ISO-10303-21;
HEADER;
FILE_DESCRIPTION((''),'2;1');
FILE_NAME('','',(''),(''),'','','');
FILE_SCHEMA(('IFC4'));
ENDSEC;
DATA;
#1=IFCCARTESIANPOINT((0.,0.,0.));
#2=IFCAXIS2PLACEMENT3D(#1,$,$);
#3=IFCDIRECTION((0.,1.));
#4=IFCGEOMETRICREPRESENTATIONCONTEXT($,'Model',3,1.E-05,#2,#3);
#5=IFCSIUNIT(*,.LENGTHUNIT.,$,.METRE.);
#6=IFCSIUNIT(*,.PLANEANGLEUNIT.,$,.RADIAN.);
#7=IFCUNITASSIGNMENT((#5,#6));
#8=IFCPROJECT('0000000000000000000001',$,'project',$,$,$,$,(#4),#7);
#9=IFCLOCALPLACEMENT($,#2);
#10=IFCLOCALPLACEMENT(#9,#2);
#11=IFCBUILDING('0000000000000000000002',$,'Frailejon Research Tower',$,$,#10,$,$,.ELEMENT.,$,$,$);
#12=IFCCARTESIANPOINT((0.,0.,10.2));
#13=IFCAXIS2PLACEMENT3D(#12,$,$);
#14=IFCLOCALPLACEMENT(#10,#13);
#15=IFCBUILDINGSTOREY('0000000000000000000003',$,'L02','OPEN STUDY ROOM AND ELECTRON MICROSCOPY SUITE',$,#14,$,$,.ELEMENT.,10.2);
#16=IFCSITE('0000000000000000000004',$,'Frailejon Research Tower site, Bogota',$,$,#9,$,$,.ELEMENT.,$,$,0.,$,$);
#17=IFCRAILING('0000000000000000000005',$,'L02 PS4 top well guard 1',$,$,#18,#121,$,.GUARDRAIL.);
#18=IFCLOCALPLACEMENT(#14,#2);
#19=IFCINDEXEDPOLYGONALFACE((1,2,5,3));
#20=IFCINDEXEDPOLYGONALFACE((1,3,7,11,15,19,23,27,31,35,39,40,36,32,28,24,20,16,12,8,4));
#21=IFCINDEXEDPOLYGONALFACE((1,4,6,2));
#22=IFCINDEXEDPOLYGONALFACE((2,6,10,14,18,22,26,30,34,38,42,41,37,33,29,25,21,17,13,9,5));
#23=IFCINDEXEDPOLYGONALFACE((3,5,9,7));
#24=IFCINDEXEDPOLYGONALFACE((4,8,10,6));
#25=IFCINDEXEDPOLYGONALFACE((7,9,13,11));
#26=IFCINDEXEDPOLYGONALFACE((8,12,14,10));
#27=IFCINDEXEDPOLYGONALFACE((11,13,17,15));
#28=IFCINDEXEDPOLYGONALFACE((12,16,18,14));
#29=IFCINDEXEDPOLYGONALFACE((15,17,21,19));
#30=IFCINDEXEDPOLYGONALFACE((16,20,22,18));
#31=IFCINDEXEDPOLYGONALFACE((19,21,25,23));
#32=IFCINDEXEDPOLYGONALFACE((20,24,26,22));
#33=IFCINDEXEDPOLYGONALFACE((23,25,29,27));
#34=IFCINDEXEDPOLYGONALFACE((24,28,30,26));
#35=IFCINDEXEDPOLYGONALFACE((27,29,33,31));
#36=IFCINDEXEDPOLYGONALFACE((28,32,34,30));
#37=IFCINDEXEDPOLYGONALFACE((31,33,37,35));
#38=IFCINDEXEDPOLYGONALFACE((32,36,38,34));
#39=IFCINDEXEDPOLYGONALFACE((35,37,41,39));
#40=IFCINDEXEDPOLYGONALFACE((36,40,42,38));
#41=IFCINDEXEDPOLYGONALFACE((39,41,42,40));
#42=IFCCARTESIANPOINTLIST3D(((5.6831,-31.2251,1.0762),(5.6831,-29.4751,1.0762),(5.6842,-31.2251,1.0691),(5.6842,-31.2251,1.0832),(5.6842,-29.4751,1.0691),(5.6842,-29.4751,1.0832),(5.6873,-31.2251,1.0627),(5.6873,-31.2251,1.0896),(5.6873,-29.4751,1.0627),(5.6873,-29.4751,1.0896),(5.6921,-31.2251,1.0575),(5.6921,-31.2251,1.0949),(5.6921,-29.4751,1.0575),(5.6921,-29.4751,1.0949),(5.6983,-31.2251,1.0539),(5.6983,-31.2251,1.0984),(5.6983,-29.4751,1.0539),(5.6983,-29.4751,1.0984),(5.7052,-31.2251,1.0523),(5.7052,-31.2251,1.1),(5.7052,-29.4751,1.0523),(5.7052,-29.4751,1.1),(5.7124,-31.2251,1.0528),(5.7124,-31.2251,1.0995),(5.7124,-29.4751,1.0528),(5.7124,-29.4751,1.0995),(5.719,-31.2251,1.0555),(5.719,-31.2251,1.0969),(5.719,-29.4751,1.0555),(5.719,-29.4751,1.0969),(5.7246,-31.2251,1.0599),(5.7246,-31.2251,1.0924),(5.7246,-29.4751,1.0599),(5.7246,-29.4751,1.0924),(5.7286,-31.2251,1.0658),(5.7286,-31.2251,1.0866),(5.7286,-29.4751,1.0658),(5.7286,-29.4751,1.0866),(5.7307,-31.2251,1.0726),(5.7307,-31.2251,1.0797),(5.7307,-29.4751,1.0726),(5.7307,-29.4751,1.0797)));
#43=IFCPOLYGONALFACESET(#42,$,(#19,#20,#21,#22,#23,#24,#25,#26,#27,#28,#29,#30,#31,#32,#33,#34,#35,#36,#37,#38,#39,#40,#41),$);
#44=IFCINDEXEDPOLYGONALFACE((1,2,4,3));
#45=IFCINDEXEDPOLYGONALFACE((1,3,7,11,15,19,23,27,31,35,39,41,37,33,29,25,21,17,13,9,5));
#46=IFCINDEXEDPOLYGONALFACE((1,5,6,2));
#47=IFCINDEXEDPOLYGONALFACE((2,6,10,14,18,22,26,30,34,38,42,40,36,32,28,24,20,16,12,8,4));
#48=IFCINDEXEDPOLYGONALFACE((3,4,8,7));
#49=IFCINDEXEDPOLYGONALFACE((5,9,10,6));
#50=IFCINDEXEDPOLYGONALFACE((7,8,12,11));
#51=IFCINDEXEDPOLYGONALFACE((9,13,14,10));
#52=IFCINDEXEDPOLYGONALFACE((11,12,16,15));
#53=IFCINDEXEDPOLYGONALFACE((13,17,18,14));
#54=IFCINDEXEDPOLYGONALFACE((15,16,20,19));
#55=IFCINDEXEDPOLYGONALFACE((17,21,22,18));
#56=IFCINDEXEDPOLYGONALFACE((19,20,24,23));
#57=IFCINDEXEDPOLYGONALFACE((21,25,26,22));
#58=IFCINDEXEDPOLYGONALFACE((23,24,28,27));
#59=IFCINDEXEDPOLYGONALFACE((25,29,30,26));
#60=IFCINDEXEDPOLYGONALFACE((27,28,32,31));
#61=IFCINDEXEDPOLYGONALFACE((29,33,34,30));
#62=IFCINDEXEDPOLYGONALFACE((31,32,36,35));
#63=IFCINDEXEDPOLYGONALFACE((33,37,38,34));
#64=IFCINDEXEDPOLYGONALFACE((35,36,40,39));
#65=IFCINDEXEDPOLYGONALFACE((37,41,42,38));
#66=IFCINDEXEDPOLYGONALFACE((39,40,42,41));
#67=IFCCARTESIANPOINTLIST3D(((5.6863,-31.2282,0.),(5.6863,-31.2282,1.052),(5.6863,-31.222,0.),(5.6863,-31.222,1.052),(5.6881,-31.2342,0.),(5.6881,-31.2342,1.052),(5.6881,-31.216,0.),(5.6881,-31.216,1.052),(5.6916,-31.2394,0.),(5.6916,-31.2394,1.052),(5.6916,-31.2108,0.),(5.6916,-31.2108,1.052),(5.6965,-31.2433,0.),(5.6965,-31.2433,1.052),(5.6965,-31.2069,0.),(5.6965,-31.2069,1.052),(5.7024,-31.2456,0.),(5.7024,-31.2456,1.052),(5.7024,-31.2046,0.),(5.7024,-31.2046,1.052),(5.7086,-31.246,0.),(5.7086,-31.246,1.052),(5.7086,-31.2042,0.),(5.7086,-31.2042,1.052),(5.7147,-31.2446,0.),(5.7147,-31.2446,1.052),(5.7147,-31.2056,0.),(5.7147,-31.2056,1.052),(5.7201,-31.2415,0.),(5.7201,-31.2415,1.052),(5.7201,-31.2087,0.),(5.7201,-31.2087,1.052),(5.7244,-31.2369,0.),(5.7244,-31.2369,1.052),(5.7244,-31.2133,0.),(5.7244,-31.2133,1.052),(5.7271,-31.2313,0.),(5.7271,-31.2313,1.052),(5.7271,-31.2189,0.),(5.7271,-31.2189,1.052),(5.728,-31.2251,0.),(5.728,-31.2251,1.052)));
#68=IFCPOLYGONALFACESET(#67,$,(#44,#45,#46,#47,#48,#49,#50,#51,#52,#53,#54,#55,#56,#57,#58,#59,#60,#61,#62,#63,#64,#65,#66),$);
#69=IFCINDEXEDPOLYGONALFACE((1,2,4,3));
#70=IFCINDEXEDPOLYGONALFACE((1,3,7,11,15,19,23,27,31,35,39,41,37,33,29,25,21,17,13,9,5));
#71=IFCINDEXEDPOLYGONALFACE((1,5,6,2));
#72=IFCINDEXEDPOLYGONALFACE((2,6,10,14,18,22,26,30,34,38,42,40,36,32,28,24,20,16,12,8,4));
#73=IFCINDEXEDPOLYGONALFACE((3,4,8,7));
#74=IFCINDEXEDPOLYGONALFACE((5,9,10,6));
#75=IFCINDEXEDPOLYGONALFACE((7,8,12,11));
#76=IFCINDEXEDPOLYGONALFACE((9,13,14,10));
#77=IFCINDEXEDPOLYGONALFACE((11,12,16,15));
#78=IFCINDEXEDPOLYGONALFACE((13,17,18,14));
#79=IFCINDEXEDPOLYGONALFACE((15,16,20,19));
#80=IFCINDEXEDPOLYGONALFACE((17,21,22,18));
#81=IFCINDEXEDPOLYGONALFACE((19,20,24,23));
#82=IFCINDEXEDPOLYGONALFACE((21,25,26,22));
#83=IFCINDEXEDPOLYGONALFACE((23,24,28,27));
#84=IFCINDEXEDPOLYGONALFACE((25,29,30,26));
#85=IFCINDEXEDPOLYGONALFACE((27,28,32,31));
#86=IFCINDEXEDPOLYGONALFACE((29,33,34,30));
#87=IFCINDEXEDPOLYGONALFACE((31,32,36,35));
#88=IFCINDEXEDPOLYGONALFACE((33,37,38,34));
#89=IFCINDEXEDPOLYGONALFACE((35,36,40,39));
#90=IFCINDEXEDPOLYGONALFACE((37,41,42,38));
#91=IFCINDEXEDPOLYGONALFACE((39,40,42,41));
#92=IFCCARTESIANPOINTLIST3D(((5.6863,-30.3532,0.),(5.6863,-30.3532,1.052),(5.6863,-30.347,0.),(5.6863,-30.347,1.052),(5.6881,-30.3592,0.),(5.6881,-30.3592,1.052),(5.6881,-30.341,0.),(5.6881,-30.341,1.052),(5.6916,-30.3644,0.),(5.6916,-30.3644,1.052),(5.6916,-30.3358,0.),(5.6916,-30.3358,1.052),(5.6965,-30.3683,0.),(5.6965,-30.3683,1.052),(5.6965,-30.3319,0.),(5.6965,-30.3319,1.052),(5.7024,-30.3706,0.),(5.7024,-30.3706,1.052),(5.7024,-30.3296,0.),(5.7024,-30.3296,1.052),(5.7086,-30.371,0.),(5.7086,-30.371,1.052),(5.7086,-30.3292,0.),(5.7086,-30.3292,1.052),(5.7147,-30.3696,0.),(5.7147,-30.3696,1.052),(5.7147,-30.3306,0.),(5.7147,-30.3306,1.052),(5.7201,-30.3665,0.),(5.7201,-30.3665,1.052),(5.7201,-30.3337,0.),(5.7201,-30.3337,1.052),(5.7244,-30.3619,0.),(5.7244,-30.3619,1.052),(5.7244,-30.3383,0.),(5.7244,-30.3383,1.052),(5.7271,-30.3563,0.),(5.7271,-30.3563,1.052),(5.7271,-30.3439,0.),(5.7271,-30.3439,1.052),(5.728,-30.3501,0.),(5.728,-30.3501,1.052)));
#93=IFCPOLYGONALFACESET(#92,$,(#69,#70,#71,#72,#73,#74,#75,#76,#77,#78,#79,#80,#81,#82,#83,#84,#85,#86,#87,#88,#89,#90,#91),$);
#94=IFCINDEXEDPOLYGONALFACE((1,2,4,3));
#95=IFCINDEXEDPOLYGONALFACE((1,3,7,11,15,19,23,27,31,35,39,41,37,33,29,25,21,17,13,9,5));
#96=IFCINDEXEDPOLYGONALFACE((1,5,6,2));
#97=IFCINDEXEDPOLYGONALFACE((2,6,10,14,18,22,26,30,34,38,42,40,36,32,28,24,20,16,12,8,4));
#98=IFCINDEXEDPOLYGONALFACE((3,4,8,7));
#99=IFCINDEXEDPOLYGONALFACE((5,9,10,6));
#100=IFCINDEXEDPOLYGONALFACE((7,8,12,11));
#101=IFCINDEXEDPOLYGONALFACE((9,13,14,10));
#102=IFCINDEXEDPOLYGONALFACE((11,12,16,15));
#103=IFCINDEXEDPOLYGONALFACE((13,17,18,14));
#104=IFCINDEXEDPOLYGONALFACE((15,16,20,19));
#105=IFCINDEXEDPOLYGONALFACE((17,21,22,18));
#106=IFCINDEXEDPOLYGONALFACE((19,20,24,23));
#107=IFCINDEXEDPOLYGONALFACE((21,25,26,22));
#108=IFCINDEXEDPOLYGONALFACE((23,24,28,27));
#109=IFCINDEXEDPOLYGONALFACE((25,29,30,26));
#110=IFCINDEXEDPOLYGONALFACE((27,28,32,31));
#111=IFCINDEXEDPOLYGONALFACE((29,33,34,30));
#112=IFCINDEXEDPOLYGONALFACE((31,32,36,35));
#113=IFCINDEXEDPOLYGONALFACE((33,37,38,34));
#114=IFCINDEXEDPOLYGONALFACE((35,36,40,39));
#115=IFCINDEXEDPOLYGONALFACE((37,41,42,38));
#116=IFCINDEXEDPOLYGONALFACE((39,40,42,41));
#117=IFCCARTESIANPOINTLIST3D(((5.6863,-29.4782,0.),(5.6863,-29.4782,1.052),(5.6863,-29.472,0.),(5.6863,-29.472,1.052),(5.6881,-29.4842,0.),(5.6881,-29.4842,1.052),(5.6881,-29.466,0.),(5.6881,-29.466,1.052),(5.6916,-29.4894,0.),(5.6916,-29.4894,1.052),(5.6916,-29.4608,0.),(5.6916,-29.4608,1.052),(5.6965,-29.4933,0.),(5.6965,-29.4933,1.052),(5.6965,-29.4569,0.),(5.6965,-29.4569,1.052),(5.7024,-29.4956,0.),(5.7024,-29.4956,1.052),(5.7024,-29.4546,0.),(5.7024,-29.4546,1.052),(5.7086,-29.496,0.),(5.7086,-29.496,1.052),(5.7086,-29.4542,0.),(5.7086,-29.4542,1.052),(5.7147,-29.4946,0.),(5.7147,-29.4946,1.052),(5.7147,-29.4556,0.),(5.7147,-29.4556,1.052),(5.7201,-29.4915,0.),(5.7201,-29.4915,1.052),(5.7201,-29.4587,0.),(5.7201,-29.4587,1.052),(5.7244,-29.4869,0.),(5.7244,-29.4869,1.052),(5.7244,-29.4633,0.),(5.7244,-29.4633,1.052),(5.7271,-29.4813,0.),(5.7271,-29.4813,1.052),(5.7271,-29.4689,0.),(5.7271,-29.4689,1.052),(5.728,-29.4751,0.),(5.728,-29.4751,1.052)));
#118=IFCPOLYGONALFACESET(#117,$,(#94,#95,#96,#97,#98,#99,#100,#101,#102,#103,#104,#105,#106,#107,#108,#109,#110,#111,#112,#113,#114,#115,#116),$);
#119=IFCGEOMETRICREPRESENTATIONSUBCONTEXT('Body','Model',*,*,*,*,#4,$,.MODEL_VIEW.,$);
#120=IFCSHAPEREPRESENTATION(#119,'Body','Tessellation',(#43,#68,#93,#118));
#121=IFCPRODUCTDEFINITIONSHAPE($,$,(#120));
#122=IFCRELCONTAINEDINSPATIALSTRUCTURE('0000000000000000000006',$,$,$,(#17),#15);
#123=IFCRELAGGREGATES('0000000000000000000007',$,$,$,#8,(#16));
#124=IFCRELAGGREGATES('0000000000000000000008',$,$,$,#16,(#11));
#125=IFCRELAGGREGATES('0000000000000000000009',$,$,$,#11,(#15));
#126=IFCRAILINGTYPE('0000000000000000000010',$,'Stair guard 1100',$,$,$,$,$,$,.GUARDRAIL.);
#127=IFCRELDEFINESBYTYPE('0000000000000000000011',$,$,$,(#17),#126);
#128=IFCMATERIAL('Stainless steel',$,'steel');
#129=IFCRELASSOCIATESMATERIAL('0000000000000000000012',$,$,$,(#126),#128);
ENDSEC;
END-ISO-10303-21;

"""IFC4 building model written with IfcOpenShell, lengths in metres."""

from ifc_helpers import new_model, si_unit, direction, frame, origin, origin_2d, place, context, subcontext, project, spatial, circle, extrude, material, type_object, element, save


model = new_model("IFC4")

# Units and contexts
model_context = context("Model", 3, precision=1e-05, world=origin(), true_north=direction((0.0, 1.0)))
body_context = subcontext(model_context, "Body", "Model", "MODEL_VIEW")
ifc_project = project(units=[si_unit("LENGTHUNIT", "METRE"), si_unit("PLANEANGLEUNIT", "RADIAN")], contexts=[model_context])

# Site, building, storey
site_placement = place(None, origin())
site = spatial("IfcSite", under=ifc_project, at=site_placement, Name="Frailejon Research Tower site, Bogota", CompositionType="ELEMENT", RefElevation=0.0)
building_placement = place(site_placement, origin())
building = spatial("IfcBuilding", under=site, at=building_placement, Name="Frailejon Research Tower", CompositionType="ELEMENT")
storey_placement = place(building_placement, frame((0.0, 0.0, 10.2)))
storey = spatial("IfcBuildingStorey", under=building, at=storey_placement, Name="L02", Description="OPEN STUDY ROOM AND ELECTRON MICROSCOPY SUITE", CompositionType="ELEMENT", Elevation=10.2)

# Railing
ifc_material_1 = material(Name="Stainless steel", Category="steel")
railing_type = type_object("IfcRailingType", Name="Stair guard 1100", PredefinedType="GUARDRAIL", material=ifc_material_1)
railing_placement = place(storey_placement, frame((5.707, -31.2251, 0.0)))
element("IfcRailing", 1, at=railing_placement, inside=storey, type_object=railing_type, Name="L02 PS4 top well guard 1", PredefinedType="GUARDRAIL", context=body_context, shape_type="SweptSolid", body=[
    extrude(circle(Radius=0.0239, at=origin_2d()), frame((0.0, 0.0, 1.0762), z_axis=(0.0, 1.0, 0.0), x_axis=(-1.0, 0.0, 0.0)), (0.0, 0.0, 1.0), 1.75),
    extrude(circle(Radius=0.021, at=origin_2d()), origin(), (0.0, 0.0, 1.0), 1.052),
    extrude(circle(Radius=0.021, at=origin_2d()), frame((0.0, 0.875, 0.0)), (0.0, 0.0, 1.0), 1.052),
    extrude(circle(Radius=0.021, at=origin_2d()), frame((0.0, 1.75, 0.0)), (0.0, 0.0, 1.0), 1.052),
])

save(model, "model.ifc")
